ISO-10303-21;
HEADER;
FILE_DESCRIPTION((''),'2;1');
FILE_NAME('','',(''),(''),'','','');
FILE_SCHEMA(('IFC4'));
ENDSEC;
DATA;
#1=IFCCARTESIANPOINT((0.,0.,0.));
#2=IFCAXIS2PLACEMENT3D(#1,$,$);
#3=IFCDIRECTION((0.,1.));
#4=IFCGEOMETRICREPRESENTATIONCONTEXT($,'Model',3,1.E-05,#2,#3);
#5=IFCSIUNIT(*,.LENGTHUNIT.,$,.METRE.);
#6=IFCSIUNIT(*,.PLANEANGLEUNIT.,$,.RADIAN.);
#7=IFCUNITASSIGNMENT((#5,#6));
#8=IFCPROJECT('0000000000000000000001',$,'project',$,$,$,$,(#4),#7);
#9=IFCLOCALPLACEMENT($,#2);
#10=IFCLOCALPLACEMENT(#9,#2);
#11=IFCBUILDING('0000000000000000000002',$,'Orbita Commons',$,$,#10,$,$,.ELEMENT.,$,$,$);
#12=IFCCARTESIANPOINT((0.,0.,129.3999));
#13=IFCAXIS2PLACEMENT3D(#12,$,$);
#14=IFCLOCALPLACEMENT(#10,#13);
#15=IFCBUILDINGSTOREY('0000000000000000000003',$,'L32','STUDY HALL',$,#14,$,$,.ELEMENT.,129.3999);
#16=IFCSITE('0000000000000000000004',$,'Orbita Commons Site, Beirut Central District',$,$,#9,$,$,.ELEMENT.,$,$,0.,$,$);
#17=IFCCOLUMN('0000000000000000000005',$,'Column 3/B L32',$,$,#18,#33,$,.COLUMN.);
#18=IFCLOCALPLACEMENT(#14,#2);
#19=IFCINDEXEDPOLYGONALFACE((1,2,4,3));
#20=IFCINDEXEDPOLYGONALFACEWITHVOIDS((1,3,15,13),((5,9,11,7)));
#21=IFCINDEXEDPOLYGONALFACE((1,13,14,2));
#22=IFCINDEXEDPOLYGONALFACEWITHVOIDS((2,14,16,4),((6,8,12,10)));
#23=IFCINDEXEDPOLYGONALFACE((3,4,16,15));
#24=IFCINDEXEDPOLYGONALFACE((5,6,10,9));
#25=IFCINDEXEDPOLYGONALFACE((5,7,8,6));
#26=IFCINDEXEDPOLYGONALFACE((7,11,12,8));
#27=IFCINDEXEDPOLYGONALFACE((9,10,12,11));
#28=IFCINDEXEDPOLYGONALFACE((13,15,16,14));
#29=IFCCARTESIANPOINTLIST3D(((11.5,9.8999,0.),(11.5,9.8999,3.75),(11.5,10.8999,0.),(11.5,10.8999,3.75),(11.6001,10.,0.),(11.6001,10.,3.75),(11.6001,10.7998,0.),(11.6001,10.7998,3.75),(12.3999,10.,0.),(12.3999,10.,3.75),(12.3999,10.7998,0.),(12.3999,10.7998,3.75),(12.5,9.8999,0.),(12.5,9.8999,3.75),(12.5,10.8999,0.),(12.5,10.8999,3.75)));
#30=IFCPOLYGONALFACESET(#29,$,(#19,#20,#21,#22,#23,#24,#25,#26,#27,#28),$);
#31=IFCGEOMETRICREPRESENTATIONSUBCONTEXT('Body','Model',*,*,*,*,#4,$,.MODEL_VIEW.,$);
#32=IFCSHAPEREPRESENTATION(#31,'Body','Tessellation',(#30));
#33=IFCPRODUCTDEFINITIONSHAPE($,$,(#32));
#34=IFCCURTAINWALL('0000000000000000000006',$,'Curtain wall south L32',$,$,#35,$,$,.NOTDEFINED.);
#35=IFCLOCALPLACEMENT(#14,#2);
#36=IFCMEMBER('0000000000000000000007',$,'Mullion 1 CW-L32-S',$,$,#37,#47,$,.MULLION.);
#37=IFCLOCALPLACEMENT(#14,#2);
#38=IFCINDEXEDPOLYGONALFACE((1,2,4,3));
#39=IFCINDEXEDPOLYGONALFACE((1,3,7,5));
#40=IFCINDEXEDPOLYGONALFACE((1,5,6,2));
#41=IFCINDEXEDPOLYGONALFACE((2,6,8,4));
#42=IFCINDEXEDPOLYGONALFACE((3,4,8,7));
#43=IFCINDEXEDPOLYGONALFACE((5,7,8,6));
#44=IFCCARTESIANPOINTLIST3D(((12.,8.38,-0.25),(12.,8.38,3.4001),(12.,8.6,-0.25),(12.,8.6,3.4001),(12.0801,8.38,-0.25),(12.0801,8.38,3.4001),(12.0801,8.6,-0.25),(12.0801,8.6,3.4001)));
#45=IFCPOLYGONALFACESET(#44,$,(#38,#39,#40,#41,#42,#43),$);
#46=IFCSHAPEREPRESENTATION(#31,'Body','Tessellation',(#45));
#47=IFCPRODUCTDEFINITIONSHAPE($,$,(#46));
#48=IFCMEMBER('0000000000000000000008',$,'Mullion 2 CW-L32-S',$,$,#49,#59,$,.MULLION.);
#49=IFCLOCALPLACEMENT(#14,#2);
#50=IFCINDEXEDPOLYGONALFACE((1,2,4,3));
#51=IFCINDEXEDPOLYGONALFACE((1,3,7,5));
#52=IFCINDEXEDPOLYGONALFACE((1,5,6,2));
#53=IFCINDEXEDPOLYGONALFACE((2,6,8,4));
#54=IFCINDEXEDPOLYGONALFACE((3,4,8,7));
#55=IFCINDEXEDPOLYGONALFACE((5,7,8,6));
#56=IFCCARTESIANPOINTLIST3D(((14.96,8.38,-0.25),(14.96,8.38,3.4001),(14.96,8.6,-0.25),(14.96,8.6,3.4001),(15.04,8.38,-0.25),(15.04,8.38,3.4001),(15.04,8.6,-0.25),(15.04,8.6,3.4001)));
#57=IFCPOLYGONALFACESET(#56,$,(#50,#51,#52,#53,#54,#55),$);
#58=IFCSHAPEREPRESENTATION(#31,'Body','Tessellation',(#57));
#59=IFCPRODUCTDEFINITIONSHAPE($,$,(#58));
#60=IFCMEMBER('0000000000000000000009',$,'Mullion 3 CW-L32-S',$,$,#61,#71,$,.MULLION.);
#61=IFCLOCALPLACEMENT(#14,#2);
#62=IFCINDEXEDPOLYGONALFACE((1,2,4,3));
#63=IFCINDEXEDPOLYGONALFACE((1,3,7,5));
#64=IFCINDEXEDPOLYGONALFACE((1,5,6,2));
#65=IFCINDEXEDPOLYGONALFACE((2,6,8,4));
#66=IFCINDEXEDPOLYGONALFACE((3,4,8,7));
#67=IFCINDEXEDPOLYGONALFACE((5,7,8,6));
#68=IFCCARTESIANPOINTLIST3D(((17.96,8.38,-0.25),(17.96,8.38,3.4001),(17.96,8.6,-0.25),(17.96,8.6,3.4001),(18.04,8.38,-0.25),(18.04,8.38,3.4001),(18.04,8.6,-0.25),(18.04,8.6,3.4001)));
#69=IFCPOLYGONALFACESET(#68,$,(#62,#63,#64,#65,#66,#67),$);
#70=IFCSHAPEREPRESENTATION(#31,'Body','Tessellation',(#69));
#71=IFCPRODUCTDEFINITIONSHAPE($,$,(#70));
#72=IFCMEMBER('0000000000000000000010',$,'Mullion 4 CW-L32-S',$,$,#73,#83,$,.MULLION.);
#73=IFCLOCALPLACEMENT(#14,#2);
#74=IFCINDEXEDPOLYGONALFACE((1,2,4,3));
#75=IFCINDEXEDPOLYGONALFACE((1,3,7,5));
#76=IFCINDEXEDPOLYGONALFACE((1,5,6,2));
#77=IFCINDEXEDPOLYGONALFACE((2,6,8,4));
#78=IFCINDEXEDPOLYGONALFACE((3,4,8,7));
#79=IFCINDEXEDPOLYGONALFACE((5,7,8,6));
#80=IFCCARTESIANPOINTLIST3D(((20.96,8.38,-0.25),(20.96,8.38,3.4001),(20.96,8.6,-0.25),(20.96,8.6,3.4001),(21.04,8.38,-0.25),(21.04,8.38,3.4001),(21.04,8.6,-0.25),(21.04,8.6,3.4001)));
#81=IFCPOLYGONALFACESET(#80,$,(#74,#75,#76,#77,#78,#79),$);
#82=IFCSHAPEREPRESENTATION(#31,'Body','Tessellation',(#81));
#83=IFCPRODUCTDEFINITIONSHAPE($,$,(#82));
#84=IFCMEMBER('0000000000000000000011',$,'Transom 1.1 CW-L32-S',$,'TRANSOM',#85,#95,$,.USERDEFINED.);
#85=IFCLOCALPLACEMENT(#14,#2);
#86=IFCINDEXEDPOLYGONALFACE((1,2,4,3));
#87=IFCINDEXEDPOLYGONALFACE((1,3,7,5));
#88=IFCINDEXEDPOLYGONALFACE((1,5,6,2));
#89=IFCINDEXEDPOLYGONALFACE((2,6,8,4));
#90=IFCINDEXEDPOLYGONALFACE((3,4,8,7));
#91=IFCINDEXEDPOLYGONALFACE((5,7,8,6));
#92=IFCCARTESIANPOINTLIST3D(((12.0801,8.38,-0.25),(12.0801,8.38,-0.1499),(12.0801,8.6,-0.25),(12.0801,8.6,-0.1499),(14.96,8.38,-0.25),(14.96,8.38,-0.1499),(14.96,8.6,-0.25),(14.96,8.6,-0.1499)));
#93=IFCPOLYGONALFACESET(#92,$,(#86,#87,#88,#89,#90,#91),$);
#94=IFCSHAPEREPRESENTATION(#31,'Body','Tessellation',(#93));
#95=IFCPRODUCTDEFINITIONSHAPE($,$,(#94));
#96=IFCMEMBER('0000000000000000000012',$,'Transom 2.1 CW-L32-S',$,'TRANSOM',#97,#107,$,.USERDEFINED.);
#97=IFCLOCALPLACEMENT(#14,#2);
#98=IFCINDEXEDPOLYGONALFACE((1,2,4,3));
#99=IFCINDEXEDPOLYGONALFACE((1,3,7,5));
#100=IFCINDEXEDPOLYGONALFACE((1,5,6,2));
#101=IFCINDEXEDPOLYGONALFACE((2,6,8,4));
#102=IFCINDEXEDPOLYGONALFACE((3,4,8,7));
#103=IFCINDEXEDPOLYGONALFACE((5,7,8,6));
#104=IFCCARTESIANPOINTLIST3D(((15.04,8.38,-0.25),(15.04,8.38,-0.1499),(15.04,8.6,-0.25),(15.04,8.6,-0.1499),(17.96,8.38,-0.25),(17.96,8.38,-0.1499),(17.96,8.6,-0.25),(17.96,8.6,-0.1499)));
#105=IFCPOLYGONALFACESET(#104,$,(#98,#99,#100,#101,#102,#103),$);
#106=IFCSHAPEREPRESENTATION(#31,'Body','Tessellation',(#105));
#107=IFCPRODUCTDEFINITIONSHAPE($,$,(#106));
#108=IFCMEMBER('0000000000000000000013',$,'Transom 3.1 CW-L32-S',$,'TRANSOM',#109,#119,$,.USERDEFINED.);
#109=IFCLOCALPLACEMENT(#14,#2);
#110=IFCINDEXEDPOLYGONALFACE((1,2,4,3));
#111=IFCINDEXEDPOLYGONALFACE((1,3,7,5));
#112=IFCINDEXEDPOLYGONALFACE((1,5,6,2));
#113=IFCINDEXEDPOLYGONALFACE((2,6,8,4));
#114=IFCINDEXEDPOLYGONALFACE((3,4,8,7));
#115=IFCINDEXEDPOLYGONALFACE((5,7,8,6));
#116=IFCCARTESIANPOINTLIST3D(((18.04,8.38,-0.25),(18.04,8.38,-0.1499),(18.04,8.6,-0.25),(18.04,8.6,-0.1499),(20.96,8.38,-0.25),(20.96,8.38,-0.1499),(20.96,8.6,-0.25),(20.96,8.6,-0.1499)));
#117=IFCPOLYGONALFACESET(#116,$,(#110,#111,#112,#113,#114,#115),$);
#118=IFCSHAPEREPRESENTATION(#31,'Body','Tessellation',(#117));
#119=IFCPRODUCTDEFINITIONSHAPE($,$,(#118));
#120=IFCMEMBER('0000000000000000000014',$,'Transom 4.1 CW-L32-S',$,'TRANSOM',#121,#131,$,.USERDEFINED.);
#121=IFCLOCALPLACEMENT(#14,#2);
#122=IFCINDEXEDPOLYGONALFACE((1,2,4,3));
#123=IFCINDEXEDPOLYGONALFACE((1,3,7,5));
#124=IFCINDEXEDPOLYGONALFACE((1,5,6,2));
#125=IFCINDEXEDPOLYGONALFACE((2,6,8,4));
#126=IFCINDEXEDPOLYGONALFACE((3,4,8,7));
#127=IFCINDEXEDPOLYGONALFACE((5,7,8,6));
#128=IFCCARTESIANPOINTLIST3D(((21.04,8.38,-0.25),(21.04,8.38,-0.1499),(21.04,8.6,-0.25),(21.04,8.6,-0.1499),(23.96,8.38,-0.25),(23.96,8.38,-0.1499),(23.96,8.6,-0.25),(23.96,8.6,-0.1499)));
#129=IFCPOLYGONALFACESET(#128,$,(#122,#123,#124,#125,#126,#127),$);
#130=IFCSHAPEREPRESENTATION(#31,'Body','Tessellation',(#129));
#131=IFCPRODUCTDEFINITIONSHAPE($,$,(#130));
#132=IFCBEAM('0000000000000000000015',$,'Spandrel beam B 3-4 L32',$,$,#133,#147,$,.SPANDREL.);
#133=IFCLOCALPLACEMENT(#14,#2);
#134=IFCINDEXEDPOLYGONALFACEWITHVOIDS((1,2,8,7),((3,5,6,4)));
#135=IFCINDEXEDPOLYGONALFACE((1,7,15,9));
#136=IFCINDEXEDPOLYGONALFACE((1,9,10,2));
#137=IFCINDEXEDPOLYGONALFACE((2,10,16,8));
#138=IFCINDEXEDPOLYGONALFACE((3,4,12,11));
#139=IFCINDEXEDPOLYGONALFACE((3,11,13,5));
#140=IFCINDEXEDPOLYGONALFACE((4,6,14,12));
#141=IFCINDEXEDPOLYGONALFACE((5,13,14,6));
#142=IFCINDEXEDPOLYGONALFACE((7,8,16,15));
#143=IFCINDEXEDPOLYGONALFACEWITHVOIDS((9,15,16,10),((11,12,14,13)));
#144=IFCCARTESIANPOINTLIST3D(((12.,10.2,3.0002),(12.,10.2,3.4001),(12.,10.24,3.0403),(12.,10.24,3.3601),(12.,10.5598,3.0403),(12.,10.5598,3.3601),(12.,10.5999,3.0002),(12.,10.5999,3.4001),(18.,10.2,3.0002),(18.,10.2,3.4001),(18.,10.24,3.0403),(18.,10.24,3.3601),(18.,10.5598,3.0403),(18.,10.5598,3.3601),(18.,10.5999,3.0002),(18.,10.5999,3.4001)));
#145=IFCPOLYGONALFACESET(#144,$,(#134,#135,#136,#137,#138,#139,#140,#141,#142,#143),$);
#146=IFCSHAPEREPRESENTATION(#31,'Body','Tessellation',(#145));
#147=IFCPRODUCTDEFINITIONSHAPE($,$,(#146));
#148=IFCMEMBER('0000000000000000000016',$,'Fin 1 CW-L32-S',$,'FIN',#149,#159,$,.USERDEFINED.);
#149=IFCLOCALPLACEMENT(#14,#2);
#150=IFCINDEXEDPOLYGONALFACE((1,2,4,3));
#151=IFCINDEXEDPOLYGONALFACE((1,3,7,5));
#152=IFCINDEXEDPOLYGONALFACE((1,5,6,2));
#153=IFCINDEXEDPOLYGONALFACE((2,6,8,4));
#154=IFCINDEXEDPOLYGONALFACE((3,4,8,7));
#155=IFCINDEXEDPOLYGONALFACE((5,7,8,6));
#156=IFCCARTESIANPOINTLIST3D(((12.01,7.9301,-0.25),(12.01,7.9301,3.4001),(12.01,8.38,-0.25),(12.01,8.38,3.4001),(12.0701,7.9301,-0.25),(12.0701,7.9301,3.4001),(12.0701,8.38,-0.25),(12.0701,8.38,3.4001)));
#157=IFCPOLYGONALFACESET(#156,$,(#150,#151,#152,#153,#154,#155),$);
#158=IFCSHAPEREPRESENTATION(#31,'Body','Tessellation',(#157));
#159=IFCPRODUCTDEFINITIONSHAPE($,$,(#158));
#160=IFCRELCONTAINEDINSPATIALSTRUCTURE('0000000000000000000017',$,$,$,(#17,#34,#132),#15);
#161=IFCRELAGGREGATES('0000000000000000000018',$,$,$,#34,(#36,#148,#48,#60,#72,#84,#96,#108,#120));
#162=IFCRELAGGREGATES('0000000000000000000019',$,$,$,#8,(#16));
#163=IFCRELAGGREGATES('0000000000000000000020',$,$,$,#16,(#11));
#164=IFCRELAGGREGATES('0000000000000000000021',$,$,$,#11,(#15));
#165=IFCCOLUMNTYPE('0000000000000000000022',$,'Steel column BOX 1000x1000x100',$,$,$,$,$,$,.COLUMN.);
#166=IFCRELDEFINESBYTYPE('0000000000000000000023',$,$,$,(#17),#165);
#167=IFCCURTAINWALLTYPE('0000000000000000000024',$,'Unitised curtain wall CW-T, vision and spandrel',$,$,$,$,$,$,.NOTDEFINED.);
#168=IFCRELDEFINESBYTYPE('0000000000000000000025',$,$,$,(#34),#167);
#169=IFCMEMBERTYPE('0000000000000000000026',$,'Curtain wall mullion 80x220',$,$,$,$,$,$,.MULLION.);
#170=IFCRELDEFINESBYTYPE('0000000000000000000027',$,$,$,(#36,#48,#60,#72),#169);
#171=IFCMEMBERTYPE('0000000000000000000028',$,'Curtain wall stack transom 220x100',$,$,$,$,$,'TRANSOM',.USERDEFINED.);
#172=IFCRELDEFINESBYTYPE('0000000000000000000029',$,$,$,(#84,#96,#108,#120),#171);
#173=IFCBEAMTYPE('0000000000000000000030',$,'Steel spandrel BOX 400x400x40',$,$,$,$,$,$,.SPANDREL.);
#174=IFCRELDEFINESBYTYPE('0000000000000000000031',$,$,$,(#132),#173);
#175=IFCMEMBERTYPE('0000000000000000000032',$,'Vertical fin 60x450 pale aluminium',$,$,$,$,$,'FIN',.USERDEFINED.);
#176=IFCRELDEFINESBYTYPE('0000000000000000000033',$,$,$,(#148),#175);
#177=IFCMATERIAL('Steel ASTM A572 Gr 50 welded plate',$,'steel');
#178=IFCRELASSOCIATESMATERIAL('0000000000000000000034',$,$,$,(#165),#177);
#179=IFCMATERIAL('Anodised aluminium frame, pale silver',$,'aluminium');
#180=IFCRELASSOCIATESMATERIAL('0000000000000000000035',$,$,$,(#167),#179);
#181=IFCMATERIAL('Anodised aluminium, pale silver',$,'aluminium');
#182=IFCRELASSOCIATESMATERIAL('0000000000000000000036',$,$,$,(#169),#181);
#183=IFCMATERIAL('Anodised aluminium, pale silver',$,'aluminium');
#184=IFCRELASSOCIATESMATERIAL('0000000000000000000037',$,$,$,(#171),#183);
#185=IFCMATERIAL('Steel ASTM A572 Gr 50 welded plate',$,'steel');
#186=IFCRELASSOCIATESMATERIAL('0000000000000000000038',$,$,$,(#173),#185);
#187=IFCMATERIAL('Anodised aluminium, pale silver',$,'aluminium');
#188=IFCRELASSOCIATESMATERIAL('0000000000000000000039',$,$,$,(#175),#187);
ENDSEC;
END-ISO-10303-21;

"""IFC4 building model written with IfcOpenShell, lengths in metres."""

from ifc_helpers import new_model, si_unit, direction, frame, origin, origin_2d, place, context, subcontext, project, spatial, rectangle, hollow_rectangle, extrude, material, material_profile, profile_set, type_object, element, aggregate, save


model = new_model("IFC4")

# Units and contexts
model_context = context("Model", 3, precision=1e-05, world=origin(), true_north=direction((0.0, 1.0)))
body_context = subcontext(model_context, "Body", "Model", "MODEL_VIEW")
ifc_project = project(units=[si_unit("LENGTHUNIT", "METRE"), si_unit("PLANEANGLEUNIT", "RADIAN")], contexts=[model_context])

# Site, building, storey
site_placement = place(None, origin())
site = spatial("IfcSite", under=ifc_project, at=site_placement, Name="Orbita Commons Site, Beirut Central District", CompositionType="ELEMENT", RefElevation=0.0)
building_placement = place(site_placement, origin())
building = spatial("IfcBuilding", under=site, at=building_placement, Name="Orbita Commons", CompositionType="ELEMENT")
storey_placement = place(building_placement, frame((0.0, 0.0, 129.3999)))
storey = spatial("IfcBuildingStorey", under=building, at=storey_placement, Name="L32", Description="STUDY HALL", CompositionType="ELEMENT", Elevation=129.3999)

# Column
ifc_material_1 = material(Name="Steel ASTM A572 Gr 50 welded plate", Category="steel")
ifc_material_profile_1 = material_profile(ifc_material_1, hollow_rectangle(XDim=1.0, YDim=1.0, WallThickness=0.1001, at=origin_2d()), Name="BOX 1000x1000x100")
ifc_profile_set_1 = profile_set([ifc_material_profile_1], Name="Steel ASTM A572 Gr 50 welded plate")
column_type = type_object("IfcColumnType", Name="Steel column BOX 1000x1000x100", PredefinedType="COLUMN", material=ifc_profile_set_1)
column_placement = place(storey_placement, frame((12.0, 10.3999, 0.0), z_axis=(0.0, 0.0, 1.0), x_axis=(1.0, 0.0, 0.0)))
element("IfcColumn", 1, at=column_placement, inside=storey, type_object=column_type, Name="Column 3/B L32", PredefinedType="COLUMN", context=body_context, shape_type="SweptSolid", body=[
    extrude(hollow_rectangle(XDim=1.0, YDim=1.0, WallThickness=0.1001, at=origin_2d()), origin(), (0.0, 0.0, 1.0), 3.75),
])

# Curtain wall, members
ifc_material_2 = material(Name="Anodised aluminium frame, pale silver", Category="aluminium")
curtain_wall_type = type_object("IfcCurtainWallType", Name="Unitised curtain wall CW-T, vision and spandrel", PredefinedType="NOTDEFINED", material=ifc_material_2)
curtain_wall_placement = place(storey_placement, origin())
curtain_wall = element("IfcCurtainWall", 2, at=curtain_wall_placement, inside=storey, type_object=curtain_wall_type, Name="Curtain wall south L32", PredefinedType="NOTDEFINED")
ifc_material_3 = material(Name="Anodised aluminium, pale silver", Category="aluminium")
ifc_material_profile_2 = material_profile(ifc_material_3, rectangle(XDim=0.0801, YDim=0.22, at=origin_2d()), Name="AL 80x220")
ifc_profile_set_2 = profile_set([ifc_material_profile_2], Name="Anodised aluminium, pale silver")
member_type_1 = type_object("IfcMemberType", Name="Curtain wall mullion 80x220", PredefinedType="MULLION", material=ifc_profile_set_2)
member_1_placement = place(storey_placement, frame((12.04, 8.49, -0.25), z_axis=(0.0, 0.0, 1.0), x_axis=(1.0, 0.0, 0.0)))
member_1 = element("IfcMember", 3, at=member_1_placement, type_object=member_type_1, Name="Mullion 1 CW-L32-S", PredefinedType="MULLION", context=body_context, shape_type="SweptSolid", body=[
    extrude(rectangle(XDim=0.0801, YDim=0.22, at=origin_2d()), origin(), (0.0, 0.0, 1.0), 3.6501),
])
member_2_placement = place(storey_placement, frame((15.0, 8.49, -0.25), z_axis=(0.0, 0.0, 1.0), x_axis=(1.0, 0.0, 0.0)))
member_2 = element("IfcMember", 4, at=member_2_placement, type_object=member_type_1, Name="Mullion 2 CW-L32-S", PredefinedType="MULLION", context=body_context, shape_type="SweptSolid", body=[
    extrude(rectangle(XDim=0.0801, YDim=0.22, at=origin_2d()), origin(), (0.0, 0.0, 1.0), 3.6501),
])
member_3_placement = place(storey_placement, frame((18.0, 8.49, -0.25), z_axis=(0.0, 0.0, 1.0), x_axis=(1.0, 0.0, 0.0)))
member_3 = element("IfcMember", 5, at=member_3_placement, type_object=member_type_1, Name="Mullion 3 CW-L32-S", PredefinedType="MULLION", context=body_context, shape_type="SweptSolid", body=[
    extrude(rectangle(XDim=0.0801, YDim=0.22, at=origin_2d()), origin(), (0.0, 0.0, 1.0), 3.6501),
])
member_4_placement = place(storey_placement, frame((21.0, 8.49, -0.25), z_axis=(0.0, 0.0, 1.0), x_axis=(1.0, 0.0, 0.0)))
member_4 = element("IfcMember", 6, at=member_4_placement, type_object=member_type_1, Name="Mullion 4 CW-L32-S", PredefinedType="MULLION", context=body_context, shape_type="SweptSolid", body=[
    extrude(rectangle(XDim=0.0801, YDim=0.22, at=origin_2d()), origin(), (0.0, 0.0, 1.0), 3.6501),
])
ifc_material_4 = material(Name="Anodised aluminium, pale silver", Category="aluminium")
ifc_material_profile_3 = material_profile(ifc_material_4, rectangle(XDim=0.22, YDim=0.1001, at=origin_2d()), Name="AL 220x100")
ifc_profile_set_3 = profile_set([ifc_material_profile_3], Name="Anodised aluminium, pale silver")
member_type_2 = type_object("IfcMemberType", Name="Curtain wall stack transom 220x100", ElementType="TRANSOM", PredefinedType="USERDEFINED", material=ifc_profile_set_3)
member_5_placement = place(storey_placement, frame((12.0801, 8.49, -0.2), z_axis=(1.0, 0.0, 0.0), x_axis=(0.0, 1.0, 0.0)))
member_5 = element("IfcMember", 7, at=member_5_placement, type_object=member_type_2, Name="Transom 1.1 CW-L32-S", ObjectType="TRANSOM", PredefinedType="USERDEFINED", context=body_context, shape_type="SweptSolid", body=[
    extrude(rectangle(XDim=0.22, YDim=0.1001, at=origin_2d()), origin(), (0.0, 0.0, 1.0), 2.8799),
])
member_6_placement = place(storey_placement, frame((15.04, 8.49, -0.2), z_axis=(1.0, 0.0, 0.0), x_axis=(0.0, 1.0, 0.0)))
member_6 = element("IfcMember", 8, at=member_6_placement, type_object=member_type_2, Name="Transom 2.1 CW-L32-S", ObjectType="TRANSOM", PredefinedType="USERDEFINED", context=body_context, shape_type="SweptSolid", body=[
    extrude(rectangle(XDim=0.22, YDim=0.1001, at=origin_2d()), origin(), (0.0, 0.0, 1.0), 2.9199),
])
member_7_placement = place(storey_placement, frame((18.04, 8.49, -0.2), z_axis=(1.0, 0.0, 0.0), x_axis=(0.0, 1.0, 0.0)))
member_7 = element("IfcMember", 9, at=member_7_placement, type_object=member_type_2, Name="Transom 3.1 CW-L32-S", ObjectType="TRANSOM", PredefinedType="USERDEFINED", context=body_context, shape_type="SweptSolid", body=[
    extrude(rectangle(XDim=0.22, YDim=0.1001, at=origin_2d()), origin(), (0.0, 0.0, 1.0), 2.9199),
])
member_8_placement = place(storey_placement, frame((21.04, 8.49, -0.2), z_axis=(1.0, 0.0, 0.0), x_axis=(0.0, 1.0, 0.0)))
member_8 = element("IfcMember", 10, at=member_8_placement, type_object=member_type_2, Name="Transom 4.1 CW-L32-S", ObjectType="TRANSOM", PredefinedType="USERDEFINED", context=body_context, shape_type="SweptSolid", body=[
    extrude(rectangle(XDim=0.22, YDim=0.1001, at=origin_2d()), origin(), (0.0, 0.0, 1.0), 2.9199),
])

# Beam
ifc_material_5 = material(Name="Steel ASTM A572 Gr 50 welded plate", Category="steel")
ifc_material_profile_4 = material_profile(ifc_material_5, hollow_rectangle(XDim=0.3999, YDim=0.3999, WallThickness=0.04, at=origin_2d()), Name="BOX 400x400x40")
ifc_profile_set_4 = profile_set([ifc_material_profile_4], Name="Steel ASTM A572 Gr 50 welded plate")
beam_type = type_object("IfcBeamType", Name="Steel spandrel BOX 400x400x40", PredefinedType="SPANDREL", material=ifc_profile_set_4)
beam_placement = place(storey_placement, frame((12.0, 10.3999, 3.2002), z_axis=(1.0, 0.0, 0.0), x_axis=(0.0, 1.0, 0.0)))
element("IfcBeam", 11, at=beam_placement, inside=storey, type_object=beam_type, Name="Spandrel beam B 3-4 L32", PredefinedType="SPANDREL", context=body_context, shape_type="SweptSolid", body=[
    extrude(hollow_rectangle(XDim=0.3999, YDim=0.3999, WallThickness=0.04, at=origin_2d()), origin(), (0.0, 0.0, 1.0), 6.0),
])

# Member
ifc_material_6 = material(Name="Anodised aluminium, pale silver", Category="aluminium")
ifc_material_profile_5 = material_profile(ifc_material_6, rectangle(XDim=0.0601, YDim=0.45, at=origin_2d()), Name="FIN 60x450")
ifc_profile_set_5 = profile_set([ifc_material_profile_5], Name="Anodised aluminium, pale silver")
member_type_3 = type_object("IfcMemberType", Name="Vertical fin 60x450 pale aluminium", ElementType="FIN", PredefinedType="USERDEFINED", material=ifc_profile_set_5)
member_9_placement = place(storey_placement, frame((12.04, 8.155, -0.25), z_axis=(0.0, 0.0, 1.0), x_axis=(1.0, 0.0, 0.0)))
member_9 = element("IfcMember", 12, at=member_9_placement, type_object=member_type_3, Name="Fin 1 CW-L32-S", ObjectType="FIN", PredefinedType="USERDEFINED", context=body_context, shape_type="SweptSolid", body=[
    extrude(rectangle(XDim=0.0601, YDim=0.45, at=origin_2d()), origin(), (0.0, 0.0, 1.0), 3.6501),
])

aggregate(curtain_wall, [member_1, member_9, member_2, member_3, member_4, member_5, member_6, member_7, member_8])

save(model, "model.ifc")
